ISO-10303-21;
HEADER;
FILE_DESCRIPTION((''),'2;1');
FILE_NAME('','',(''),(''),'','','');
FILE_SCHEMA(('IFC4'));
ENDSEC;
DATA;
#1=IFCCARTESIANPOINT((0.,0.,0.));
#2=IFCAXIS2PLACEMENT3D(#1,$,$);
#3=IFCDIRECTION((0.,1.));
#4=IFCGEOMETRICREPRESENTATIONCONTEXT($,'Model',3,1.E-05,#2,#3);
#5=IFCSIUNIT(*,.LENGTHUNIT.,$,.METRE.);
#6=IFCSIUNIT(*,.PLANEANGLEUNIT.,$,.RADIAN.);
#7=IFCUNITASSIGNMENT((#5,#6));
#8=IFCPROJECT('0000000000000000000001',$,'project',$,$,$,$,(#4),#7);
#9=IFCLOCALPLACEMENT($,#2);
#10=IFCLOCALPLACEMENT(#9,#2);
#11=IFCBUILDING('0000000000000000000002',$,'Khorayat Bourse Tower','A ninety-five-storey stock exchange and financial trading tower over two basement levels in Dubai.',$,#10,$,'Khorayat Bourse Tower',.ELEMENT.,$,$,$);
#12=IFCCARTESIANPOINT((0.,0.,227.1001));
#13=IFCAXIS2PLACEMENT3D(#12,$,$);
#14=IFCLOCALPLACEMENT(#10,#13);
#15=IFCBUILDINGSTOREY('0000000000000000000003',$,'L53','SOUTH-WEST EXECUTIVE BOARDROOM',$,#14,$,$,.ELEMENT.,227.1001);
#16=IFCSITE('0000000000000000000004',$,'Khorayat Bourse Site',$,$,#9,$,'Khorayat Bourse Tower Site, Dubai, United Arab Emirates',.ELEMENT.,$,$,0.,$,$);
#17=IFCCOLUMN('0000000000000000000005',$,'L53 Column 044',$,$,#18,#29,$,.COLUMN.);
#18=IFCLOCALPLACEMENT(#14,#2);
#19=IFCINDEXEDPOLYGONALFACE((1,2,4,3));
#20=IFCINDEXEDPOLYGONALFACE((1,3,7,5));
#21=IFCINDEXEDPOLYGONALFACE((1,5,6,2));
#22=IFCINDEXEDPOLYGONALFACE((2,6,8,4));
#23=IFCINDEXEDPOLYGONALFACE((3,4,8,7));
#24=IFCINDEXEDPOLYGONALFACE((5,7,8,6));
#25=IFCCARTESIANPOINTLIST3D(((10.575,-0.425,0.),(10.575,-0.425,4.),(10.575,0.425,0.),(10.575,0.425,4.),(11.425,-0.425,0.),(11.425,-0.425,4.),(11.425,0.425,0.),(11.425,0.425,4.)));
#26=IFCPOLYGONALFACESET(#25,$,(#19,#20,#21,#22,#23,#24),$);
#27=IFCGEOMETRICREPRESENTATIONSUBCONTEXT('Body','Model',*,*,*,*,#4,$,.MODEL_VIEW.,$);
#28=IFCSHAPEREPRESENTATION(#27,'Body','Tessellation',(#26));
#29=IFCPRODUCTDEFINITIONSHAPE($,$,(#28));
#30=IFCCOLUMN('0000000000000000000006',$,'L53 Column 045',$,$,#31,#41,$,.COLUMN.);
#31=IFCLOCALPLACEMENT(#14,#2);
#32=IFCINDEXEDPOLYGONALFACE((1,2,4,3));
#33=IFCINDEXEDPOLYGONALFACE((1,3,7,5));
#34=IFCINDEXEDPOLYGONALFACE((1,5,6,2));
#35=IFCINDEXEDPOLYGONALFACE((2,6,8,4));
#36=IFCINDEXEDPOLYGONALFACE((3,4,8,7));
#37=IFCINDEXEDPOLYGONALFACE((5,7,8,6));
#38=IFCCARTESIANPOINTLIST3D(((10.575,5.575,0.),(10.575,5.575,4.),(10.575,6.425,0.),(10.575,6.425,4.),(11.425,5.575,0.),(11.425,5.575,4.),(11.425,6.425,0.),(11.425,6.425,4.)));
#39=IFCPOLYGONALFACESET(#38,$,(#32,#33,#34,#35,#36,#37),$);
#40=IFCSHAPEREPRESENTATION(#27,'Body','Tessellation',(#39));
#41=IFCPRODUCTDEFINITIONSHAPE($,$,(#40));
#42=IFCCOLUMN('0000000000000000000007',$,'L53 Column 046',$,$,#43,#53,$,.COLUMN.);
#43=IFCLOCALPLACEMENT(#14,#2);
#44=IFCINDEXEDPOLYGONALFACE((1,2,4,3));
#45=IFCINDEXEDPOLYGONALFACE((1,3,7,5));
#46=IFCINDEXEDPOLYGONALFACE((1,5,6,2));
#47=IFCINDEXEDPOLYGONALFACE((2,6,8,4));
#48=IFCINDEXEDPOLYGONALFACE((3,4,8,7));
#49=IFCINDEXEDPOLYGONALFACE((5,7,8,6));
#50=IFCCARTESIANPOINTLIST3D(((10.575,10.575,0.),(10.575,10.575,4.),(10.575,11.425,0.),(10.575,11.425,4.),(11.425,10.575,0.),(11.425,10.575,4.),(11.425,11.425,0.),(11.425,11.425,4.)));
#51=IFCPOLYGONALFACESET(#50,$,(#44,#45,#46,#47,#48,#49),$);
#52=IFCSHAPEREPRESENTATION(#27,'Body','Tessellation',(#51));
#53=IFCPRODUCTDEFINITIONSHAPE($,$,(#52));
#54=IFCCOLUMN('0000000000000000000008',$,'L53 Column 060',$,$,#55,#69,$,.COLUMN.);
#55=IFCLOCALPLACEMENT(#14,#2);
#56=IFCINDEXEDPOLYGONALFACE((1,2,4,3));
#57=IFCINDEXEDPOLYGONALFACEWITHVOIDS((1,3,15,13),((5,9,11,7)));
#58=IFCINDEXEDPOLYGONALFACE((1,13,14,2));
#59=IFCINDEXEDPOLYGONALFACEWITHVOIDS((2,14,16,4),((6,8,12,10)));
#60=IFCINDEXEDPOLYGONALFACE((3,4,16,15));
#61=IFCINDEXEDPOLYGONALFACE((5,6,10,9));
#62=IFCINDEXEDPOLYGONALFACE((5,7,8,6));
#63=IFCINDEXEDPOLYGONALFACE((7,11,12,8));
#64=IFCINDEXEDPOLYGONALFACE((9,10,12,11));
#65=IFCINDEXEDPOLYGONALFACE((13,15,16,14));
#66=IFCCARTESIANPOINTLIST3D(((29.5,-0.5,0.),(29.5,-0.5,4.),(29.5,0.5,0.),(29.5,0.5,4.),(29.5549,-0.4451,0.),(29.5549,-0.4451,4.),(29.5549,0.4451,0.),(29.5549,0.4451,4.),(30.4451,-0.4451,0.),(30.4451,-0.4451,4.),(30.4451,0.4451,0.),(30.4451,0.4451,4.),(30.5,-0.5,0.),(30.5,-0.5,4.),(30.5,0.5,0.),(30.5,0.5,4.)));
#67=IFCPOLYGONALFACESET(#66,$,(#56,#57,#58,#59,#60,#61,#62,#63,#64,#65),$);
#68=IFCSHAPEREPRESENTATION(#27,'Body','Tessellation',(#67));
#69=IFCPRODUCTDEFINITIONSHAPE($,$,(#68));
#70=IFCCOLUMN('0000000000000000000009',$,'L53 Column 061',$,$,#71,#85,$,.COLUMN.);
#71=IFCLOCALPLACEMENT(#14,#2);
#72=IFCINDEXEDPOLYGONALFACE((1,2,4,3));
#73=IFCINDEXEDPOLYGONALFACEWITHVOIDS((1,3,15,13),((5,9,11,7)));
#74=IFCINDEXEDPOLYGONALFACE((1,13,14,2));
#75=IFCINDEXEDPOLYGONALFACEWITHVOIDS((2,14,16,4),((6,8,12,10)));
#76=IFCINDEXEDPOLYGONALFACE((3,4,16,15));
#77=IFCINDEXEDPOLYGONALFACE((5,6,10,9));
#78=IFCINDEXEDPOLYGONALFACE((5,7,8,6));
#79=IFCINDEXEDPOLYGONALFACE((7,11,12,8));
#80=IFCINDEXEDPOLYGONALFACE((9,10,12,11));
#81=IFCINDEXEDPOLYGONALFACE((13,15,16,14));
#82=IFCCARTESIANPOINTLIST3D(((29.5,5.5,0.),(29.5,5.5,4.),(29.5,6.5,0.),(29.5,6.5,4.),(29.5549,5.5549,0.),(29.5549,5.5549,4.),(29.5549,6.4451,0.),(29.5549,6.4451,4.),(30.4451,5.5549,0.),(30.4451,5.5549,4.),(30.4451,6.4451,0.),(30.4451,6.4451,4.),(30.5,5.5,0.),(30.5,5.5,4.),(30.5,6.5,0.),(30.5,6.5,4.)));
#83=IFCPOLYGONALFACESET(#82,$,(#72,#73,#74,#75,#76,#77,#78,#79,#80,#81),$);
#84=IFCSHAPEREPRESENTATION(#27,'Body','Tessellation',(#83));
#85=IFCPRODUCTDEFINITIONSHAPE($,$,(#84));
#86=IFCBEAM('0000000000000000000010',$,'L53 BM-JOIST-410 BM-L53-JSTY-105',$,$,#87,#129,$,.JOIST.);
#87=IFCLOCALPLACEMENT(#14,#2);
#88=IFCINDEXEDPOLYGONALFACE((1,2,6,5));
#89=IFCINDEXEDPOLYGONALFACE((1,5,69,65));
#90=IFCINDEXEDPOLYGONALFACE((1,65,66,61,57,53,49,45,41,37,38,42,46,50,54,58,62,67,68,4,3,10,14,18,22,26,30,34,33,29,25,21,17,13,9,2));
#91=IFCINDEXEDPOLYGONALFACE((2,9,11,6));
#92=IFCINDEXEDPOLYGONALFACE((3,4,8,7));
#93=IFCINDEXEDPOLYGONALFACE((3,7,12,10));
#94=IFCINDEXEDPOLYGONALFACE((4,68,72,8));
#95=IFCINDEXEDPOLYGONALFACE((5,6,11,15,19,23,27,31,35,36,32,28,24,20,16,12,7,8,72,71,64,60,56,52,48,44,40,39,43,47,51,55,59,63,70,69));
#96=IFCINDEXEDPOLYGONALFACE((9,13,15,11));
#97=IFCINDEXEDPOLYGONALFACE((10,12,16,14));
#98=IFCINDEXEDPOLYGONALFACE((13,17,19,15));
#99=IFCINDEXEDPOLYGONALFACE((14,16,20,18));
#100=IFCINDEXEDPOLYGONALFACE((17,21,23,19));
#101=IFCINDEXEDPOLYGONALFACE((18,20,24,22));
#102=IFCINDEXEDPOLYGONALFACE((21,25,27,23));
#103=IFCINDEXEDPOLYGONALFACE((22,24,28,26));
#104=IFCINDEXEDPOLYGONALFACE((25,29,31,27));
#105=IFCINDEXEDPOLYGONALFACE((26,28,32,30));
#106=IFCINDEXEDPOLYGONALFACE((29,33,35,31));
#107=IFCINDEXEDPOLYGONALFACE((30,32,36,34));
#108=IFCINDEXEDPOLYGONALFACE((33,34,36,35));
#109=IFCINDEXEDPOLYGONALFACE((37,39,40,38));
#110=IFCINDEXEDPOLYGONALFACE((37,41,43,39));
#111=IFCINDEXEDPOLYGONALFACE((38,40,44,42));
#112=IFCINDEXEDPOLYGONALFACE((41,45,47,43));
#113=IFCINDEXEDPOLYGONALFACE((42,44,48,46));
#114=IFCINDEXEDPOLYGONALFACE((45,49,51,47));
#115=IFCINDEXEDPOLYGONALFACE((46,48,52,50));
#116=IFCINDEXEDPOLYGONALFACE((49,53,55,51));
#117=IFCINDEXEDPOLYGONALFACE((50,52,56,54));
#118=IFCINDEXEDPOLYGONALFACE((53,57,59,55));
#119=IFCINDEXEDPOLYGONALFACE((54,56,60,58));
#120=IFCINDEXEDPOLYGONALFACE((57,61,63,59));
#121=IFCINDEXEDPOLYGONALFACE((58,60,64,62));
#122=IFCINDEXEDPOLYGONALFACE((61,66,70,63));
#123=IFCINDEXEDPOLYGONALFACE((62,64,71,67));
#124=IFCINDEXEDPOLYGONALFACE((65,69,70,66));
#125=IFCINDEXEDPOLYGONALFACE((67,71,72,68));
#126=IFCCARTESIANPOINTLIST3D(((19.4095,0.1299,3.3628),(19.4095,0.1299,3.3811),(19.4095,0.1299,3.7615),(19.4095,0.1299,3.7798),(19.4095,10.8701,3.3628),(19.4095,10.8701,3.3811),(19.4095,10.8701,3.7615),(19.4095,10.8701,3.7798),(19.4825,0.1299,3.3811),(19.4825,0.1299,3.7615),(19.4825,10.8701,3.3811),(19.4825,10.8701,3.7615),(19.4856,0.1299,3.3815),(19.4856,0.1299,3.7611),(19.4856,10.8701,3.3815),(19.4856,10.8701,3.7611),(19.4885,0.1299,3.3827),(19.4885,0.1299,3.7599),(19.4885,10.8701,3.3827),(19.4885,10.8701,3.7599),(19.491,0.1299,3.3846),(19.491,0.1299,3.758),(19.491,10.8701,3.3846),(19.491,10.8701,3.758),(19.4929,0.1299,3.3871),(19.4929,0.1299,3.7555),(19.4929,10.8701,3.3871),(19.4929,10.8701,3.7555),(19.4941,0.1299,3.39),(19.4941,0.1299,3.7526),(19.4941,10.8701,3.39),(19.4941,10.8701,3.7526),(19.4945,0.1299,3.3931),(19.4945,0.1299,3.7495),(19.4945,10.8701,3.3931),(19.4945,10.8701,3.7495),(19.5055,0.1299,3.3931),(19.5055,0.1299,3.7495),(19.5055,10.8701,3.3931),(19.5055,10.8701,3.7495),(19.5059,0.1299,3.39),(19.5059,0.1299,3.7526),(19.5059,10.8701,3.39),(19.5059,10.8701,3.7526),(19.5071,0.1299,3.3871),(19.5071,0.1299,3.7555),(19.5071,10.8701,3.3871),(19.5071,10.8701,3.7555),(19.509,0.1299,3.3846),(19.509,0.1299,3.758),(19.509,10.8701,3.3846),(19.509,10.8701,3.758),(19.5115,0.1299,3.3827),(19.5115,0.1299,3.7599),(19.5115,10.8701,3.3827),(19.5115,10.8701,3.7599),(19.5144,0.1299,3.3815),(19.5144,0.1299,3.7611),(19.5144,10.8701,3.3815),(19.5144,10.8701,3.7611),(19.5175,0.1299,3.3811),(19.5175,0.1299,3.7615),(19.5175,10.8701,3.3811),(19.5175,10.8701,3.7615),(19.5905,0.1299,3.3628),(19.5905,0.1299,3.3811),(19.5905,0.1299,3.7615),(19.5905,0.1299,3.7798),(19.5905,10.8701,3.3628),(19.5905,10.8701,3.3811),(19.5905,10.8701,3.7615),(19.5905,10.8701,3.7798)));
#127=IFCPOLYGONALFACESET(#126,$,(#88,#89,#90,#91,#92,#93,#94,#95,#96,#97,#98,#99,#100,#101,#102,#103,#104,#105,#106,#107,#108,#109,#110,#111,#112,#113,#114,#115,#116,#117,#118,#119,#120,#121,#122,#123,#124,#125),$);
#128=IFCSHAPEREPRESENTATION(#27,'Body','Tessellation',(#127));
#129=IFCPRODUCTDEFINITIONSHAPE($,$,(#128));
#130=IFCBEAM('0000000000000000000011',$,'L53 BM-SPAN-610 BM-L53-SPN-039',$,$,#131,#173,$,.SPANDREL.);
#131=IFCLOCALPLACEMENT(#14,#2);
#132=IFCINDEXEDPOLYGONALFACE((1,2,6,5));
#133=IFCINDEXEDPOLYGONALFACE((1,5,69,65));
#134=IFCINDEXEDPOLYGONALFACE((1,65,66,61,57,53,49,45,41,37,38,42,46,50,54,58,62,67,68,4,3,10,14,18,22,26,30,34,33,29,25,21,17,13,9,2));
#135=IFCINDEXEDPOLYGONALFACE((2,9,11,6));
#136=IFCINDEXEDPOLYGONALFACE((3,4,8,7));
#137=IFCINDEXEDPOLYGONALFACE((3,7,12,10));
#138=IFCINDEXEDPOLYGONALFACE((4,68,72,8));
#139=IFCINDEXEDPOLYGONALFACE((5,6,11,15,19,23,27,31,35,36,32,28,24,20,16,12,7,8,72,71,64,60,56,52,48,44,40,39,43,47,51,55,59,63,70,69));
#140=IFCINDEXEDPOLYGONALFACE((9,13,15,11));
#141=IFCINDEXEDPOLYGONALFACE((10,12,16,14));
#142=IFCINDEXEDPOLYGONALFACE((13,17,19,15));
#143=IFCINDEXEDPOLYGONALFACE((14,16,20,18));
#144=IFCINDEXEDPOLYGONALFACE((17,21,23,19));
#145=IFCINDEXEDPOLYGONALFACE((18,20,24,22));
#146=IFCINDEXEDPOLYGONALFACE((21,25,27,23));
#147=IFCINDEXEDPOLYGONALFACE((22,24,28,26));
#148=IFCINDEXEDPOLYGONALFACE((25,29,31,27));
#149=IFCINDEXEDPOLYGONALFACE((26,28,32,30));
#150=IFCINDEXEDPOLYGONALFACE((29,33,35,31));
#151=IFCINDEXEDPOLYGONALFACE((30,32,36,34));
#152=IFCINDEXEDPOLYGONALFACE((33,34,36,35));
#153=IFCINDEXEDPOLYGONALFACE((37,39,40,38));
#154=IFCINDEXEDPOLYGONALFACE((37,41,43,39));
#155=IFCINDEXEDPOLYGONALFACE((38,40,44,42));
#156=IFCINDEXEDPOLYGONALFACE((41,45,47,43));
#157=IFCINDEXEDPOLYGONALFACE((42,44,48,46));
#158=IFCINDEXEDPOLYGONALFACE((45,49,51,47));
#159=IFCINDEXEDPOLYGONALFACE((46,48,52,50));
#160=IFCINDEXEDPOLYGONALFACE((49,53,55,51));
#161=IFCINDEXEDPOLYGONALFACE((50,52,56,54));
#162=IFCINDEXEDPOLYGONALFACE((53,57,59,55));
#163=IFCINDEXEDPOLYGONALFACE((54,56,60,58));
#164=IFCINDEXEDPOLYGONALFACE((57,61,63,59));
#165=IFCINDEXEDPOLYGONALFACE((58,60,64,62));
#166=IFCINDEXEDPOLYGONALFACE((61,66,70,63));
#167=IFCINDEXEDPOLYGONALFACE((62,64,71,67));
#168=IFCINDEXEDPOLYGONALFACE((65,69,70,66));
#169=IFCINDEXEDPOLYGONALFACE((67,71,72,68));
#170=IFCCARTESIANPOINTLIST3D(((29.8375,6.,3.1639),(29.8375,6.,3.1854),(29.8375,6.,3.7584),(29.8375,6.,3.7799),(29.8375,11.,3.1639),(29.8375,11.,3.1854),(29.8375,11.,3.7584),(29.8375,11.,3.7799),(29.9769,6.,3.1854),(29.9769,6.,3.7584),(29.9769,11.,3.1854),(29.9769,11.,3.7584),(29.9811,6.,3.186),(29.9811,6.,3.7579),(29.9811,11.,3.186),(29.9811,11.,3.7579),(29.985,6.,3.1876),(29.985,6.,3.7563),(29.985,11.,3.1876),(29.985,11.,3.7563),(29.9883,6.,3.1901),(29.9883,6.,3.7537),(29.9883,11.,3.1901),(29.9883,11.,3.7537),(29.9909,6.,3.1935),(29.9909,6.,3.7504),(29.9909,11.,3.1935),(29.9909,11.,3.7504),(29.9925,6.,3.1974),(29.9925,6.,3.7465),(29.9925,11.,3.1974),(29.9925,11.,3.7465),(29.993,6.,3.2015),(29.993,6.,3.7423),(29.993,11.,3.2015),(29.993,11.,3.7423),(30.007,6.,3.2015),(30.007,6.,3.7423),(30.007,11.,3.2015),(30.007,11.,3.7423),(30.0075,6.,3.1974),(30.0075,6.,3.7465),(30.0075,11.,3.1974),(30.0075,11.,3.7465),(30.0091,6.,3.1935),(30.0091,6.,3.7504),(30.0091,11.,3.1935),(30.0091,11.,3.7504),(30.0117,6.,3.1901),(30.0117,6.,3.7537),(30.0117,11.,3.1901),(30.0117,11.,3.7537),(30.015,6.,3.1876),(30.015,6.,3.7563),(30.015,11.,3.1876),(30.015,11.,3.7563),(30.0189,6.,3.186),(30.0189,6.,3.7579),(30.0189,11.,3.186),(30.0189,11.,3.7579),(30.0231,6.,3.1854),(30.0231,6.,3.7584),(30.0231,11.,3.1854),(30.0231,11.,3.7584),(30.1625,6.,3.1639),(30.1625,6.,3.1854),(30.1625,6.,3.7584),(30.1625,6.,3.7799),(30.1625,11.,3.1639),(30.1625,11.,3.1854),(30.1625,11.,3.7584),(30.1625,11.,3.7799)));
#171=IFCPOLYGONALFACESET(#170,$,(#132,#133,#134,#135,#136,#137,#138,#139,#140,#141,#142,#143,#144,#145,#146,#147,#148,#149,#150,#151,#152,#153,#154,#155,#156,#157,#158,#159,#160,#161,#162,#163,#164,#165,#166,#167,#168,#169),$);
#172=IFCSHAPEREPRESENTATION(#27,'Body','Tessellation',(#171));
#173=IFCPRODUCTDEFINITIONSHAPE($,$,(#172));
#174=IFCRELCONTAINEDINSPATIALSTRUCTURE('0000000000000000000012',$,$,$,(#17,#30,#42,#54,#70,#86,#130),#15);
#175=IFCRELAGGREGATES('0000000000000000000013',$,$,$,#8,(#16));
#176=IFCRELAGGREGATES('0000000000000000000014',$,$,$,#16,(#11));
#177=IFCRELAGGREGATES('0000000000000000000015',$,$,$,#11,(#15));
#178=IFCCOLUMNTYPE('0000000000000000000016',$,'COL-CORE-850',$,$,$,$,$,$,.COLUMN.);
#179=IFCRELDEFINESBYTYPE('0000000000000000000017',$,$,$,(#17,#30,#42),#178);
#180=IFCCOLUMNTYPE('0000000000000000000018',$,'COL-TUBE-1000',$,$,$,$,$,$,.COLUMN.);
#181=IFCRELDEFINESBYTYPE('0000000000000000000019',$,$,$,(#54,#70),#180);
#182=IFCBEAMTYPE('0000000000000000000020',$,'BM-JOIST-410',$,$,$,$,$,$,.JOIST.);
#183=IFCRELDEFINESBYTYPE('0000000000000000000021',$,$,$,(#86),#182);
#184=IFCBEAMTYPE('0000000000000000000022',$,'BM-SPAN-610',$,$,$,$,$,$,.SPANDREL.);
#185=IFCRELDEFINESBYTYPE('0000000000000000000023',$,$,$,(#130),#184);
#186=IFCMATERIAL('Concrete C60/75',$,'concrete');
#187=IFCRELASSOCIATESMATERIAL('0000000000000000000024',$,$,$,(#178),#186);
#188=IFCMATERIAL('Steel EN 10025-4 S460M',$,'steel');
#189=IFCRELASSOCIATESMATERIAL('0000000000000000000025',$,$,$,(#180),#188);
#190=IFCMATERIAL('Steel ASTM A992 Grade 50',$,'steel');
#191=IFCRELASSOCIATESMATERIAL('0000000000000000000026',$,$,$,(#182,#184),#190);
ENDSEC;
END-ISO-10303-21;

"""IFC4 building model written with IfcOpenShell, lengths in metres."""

from ifc_helpers import new_model, si_unit, direction, frame, origin, origin_2d, place, context, subcontext, project, spatial, rectangle, hollow_rectangle, i_section, extrude, source, transform, mapped, material, material_profile, profile_set, type_object, element, save


model = new_model("IFC4")

# Units and contexts
model_context = context("Model", 3, precision=1e-05, world=origin(), true_north=direction((0.0, 1.0)))
body_context = subcontext(model_context, "Body", "Model", "MODEL_VIEW")
ifc_project = project(units=[si_unit("LENGTHUNIT", "METRE"), si_unit("PLANEANGLEUNIT", "RADIAN")], contexts=[model_context])

# Site, building, storey
site_placement = place(None, origin())
site = spatial("IfcSite", under=ifc_project, at=site_placement, Name="Khorayat Bourse Site", LongName="Khorayat Bourse Tower Site, Dubai, United Arab Emirates", CompositionType="ELEMENT", RefElevation=0.0)
building_placement = place(site_placement, origin())
building = spatial("IfcBuilding", under=site, at=building_placement, Name="Khorayat Bourse Tower", Description="A ninety-five-storey stock exchange and financial trading tower over two basement levels in Dubai.", LongName="Khorayat Bourse Tower", CompositionType="ELEMENT")
storey_placement = place(building_placement, frame((0.0, 0.0, 227.1001)))
storey = spatial("IfcBuildingStorey", under=building, at=storey_placement, Name="L53", Description="SOUTH-WEST EXECUTIVE BOARDROOM", CompositionType="ELEMENT", Elevation=227.1001)

# Columns
ifc_material_1 = material(Name="Concrete C60/75", Category="concrete")
ifc_material_profile_1 = material_profile(ifc_material_1, rectangle(XDim=0.8501, YDim=0.8501, at=origin_2d()), Name="RC 850x850")
ifc_profile_set_1 = profile_set([ifc_material_profile_1], Name="Concrete C60/75")
column_type_1 = type_object("IfcColumnType", Name="COL-CORE-850", PredefinedType="COLUMN", material=ifc_profile_set_1)
shared_shape_1 = source(origin(), body_context, "Body", "SweptSolid", [
    extrude(rectangle(XDim=0.8501, YDim=0.8501, at=origin_2d()), origin(), (0.0, 0.0, 1.0), 4.0),
])
for number, where, z_axis, x_axis, name in (
    (1, (11.0, 0.0, 0.0), (0.0, 0.0, 1.0), (1.0, 0.0, 0.0), "L53 Column 044"),
    (2, (11.0, 6.0, 0.0), (0.0, 0.0, 1.0), (1.0, 0.0, 0.0), "L53 Column 045"),
    (3, (11.0, 11.0, 0.0), (0.0, 0.0, 1.0), (1.0, 0.0, 0.0), "L53 Column 046"),
):
    element("IfcColumn", number, at=place(storey_placement, frame(where, z_axis=z_axis, x_axis=x_axis)), inside=storey, type_object=column_type_1, Name=name, PredefinedType="COLUMN", context=body_context, shape_type="MappedRepresentation", body=[
        mapped(shared_shape_1, transform((0.0, 0.0, 0.0), scale=1.0)),
    ])
ifc_material_2 = material(Name="Steel EN 10025-4 S460M", Category="steel")
ifc_material_profile_2 = material_profile(ifc_material_2, hollow_rectangle(XDim=1.0, YDim=1.0, WallThickness=0.0549, at=origin_2d()), Name="BOX 1000x1000x55")
ifc_profile_set_2 = profile_set([ifc_material_profile_2], Name="Steel EN 10025-4 S460M")
column_type_2 = type_object("IfcColumnType", Name="COL-TUBE-1000", PredefinedType="COLUMN", material=ifc_profile_set_2)
shared_shape_2 = source(origin(), body_context, "Body", "SweptSolid", [
    extrude(hollow_rectangle(XDim=1.0, YDim=1.0, WallThickness=0.0549, at=origin_2d()), origin(), (0.0, 0.0, 1.0), 4.0),
])
for number, where, z_axis, x_axis, name in (
    (4, (30.0, 0.0, 0.0), (0.0, 0.0, 1.0), (1.0, 0.0, 0.0), "L53 Column 060"),
    (5, (30.0, 6.0, 0.0), (0.0, 0.0, 1.0), (1.0, 0.0, 0.0), "L53 Column 061"),
):
    element("IfcColumn", number, at=place(storey_placement, frame(where, z_axis=z_axis, x_axis=x_axis)), inside=storey, type_object=column_type_2, Name=name, PredefinedType="COLUMN", context=body_context, shape_type="MappedRepresentation", body=[
        mapped(shared_shape_2, transform((0.0, 0.0, 0.0), scale=1.0)),
    ])

# Beams
ifc_material_3 = material(Name="Steel ASTM A992 Grade 50", Category="steel")
ifc_material_profile_3 = material_profile(ifc_material_3, i_section(OverallWidth=0.1809, OverallDepth=0.417, WebThickness=0.011, FlangeThickness=0.0183, FilletRadius=0.012, at=origin_2d()), Name="W410X85")
ifc_profile_set_3 = profile_set([ifc_material_profile_3], Name="Steel ASTM A992 Grade 50")
beam_type_1 = type_object("IfcBeamType", Name="BM-JOIST-410", PredefinedType="JOIST", material=ifc_profile_set_3)
shared_shape_3 = source(origin(), body_context, "Body", "SweptSolid", [
    extrude(i_section(OverallWidth=0.1809, OverallDepth=0.417, WebThickness=0.011, FlangeThickness=0.0183, FilletRadius=0.012, at=origin_2d()), origin(), (0.0, 0.0, 1.0), 10.7402),
])
beam_1_placement = place(storey_placement, frame((19.5, 0.1299, 3.5713), z_axis=(0.0, 1.0, 0.0), x_axis=(-1.0, 0.0, 0.0)))
element("IfcBeam", 6, at=beam_1_placement, inside=storey, type_object=beam_type_1, Name="L53 BM-JOIST-410 BM-L53-JSTY-105", PredefinedType="JOIST", context=body_context, shape_type="MappedRepresentation", body=[
    mapped(shared_shape_3, transform((0.0, 0.0, 0.0), scale=1.0)),
])
ifc_material_profile_4 = material_profile(ifc_material_3, i_section(OverallWidth=0.325, OverallDepth=0.616, WebThickness=0.0139, FlangeThickness=0.0215, FilletRadius=0.0161, at=origin_2d()), Name="W610X174")
ifc_profile_set_4 = profile_set([ifc_material_profile_4], Name="Steel ASTM A992 Grade 50")
beam_type_2 = type_object("IfcBeamType", Name="BM-SPAN-610", PredefinedType="SPANDREL", material=ifc_profile_set_4)
shared_shape_4 = source(origin(), body_context, "Body", "SweptSolid", [
    extrude(i_section(OverallWidth=0.325, OverallDepth=0.616, WebThickness=0.0139, FlangeThickness=0.0215, FilletRadius=0.0161, at=origin_2d()), origin(), (0.0, 0.0, 1.0), 5.0),
])
beam_2_placement = place(storey_placement, frame((30.0, 6.0, 3.4719), z_axis=(0.0, 1.0, 0.0), x_axis=(-1.0, 0.0, 0.0)))
element("IfcBeam", 7, at=beam_2_placement, inside=storey, type_object=beam_type_2, Name="L53 BM-SPAN-610 BM-L53-SPN-039", PredefinedType="SPANDREL", context=body_context, shape_type="MappedRepresentation", body=[
    mapped(shared_shape_4, transform((0.0, 0.0, 0.0), scale=1.0)),
])

save(model, "model.ifc")
